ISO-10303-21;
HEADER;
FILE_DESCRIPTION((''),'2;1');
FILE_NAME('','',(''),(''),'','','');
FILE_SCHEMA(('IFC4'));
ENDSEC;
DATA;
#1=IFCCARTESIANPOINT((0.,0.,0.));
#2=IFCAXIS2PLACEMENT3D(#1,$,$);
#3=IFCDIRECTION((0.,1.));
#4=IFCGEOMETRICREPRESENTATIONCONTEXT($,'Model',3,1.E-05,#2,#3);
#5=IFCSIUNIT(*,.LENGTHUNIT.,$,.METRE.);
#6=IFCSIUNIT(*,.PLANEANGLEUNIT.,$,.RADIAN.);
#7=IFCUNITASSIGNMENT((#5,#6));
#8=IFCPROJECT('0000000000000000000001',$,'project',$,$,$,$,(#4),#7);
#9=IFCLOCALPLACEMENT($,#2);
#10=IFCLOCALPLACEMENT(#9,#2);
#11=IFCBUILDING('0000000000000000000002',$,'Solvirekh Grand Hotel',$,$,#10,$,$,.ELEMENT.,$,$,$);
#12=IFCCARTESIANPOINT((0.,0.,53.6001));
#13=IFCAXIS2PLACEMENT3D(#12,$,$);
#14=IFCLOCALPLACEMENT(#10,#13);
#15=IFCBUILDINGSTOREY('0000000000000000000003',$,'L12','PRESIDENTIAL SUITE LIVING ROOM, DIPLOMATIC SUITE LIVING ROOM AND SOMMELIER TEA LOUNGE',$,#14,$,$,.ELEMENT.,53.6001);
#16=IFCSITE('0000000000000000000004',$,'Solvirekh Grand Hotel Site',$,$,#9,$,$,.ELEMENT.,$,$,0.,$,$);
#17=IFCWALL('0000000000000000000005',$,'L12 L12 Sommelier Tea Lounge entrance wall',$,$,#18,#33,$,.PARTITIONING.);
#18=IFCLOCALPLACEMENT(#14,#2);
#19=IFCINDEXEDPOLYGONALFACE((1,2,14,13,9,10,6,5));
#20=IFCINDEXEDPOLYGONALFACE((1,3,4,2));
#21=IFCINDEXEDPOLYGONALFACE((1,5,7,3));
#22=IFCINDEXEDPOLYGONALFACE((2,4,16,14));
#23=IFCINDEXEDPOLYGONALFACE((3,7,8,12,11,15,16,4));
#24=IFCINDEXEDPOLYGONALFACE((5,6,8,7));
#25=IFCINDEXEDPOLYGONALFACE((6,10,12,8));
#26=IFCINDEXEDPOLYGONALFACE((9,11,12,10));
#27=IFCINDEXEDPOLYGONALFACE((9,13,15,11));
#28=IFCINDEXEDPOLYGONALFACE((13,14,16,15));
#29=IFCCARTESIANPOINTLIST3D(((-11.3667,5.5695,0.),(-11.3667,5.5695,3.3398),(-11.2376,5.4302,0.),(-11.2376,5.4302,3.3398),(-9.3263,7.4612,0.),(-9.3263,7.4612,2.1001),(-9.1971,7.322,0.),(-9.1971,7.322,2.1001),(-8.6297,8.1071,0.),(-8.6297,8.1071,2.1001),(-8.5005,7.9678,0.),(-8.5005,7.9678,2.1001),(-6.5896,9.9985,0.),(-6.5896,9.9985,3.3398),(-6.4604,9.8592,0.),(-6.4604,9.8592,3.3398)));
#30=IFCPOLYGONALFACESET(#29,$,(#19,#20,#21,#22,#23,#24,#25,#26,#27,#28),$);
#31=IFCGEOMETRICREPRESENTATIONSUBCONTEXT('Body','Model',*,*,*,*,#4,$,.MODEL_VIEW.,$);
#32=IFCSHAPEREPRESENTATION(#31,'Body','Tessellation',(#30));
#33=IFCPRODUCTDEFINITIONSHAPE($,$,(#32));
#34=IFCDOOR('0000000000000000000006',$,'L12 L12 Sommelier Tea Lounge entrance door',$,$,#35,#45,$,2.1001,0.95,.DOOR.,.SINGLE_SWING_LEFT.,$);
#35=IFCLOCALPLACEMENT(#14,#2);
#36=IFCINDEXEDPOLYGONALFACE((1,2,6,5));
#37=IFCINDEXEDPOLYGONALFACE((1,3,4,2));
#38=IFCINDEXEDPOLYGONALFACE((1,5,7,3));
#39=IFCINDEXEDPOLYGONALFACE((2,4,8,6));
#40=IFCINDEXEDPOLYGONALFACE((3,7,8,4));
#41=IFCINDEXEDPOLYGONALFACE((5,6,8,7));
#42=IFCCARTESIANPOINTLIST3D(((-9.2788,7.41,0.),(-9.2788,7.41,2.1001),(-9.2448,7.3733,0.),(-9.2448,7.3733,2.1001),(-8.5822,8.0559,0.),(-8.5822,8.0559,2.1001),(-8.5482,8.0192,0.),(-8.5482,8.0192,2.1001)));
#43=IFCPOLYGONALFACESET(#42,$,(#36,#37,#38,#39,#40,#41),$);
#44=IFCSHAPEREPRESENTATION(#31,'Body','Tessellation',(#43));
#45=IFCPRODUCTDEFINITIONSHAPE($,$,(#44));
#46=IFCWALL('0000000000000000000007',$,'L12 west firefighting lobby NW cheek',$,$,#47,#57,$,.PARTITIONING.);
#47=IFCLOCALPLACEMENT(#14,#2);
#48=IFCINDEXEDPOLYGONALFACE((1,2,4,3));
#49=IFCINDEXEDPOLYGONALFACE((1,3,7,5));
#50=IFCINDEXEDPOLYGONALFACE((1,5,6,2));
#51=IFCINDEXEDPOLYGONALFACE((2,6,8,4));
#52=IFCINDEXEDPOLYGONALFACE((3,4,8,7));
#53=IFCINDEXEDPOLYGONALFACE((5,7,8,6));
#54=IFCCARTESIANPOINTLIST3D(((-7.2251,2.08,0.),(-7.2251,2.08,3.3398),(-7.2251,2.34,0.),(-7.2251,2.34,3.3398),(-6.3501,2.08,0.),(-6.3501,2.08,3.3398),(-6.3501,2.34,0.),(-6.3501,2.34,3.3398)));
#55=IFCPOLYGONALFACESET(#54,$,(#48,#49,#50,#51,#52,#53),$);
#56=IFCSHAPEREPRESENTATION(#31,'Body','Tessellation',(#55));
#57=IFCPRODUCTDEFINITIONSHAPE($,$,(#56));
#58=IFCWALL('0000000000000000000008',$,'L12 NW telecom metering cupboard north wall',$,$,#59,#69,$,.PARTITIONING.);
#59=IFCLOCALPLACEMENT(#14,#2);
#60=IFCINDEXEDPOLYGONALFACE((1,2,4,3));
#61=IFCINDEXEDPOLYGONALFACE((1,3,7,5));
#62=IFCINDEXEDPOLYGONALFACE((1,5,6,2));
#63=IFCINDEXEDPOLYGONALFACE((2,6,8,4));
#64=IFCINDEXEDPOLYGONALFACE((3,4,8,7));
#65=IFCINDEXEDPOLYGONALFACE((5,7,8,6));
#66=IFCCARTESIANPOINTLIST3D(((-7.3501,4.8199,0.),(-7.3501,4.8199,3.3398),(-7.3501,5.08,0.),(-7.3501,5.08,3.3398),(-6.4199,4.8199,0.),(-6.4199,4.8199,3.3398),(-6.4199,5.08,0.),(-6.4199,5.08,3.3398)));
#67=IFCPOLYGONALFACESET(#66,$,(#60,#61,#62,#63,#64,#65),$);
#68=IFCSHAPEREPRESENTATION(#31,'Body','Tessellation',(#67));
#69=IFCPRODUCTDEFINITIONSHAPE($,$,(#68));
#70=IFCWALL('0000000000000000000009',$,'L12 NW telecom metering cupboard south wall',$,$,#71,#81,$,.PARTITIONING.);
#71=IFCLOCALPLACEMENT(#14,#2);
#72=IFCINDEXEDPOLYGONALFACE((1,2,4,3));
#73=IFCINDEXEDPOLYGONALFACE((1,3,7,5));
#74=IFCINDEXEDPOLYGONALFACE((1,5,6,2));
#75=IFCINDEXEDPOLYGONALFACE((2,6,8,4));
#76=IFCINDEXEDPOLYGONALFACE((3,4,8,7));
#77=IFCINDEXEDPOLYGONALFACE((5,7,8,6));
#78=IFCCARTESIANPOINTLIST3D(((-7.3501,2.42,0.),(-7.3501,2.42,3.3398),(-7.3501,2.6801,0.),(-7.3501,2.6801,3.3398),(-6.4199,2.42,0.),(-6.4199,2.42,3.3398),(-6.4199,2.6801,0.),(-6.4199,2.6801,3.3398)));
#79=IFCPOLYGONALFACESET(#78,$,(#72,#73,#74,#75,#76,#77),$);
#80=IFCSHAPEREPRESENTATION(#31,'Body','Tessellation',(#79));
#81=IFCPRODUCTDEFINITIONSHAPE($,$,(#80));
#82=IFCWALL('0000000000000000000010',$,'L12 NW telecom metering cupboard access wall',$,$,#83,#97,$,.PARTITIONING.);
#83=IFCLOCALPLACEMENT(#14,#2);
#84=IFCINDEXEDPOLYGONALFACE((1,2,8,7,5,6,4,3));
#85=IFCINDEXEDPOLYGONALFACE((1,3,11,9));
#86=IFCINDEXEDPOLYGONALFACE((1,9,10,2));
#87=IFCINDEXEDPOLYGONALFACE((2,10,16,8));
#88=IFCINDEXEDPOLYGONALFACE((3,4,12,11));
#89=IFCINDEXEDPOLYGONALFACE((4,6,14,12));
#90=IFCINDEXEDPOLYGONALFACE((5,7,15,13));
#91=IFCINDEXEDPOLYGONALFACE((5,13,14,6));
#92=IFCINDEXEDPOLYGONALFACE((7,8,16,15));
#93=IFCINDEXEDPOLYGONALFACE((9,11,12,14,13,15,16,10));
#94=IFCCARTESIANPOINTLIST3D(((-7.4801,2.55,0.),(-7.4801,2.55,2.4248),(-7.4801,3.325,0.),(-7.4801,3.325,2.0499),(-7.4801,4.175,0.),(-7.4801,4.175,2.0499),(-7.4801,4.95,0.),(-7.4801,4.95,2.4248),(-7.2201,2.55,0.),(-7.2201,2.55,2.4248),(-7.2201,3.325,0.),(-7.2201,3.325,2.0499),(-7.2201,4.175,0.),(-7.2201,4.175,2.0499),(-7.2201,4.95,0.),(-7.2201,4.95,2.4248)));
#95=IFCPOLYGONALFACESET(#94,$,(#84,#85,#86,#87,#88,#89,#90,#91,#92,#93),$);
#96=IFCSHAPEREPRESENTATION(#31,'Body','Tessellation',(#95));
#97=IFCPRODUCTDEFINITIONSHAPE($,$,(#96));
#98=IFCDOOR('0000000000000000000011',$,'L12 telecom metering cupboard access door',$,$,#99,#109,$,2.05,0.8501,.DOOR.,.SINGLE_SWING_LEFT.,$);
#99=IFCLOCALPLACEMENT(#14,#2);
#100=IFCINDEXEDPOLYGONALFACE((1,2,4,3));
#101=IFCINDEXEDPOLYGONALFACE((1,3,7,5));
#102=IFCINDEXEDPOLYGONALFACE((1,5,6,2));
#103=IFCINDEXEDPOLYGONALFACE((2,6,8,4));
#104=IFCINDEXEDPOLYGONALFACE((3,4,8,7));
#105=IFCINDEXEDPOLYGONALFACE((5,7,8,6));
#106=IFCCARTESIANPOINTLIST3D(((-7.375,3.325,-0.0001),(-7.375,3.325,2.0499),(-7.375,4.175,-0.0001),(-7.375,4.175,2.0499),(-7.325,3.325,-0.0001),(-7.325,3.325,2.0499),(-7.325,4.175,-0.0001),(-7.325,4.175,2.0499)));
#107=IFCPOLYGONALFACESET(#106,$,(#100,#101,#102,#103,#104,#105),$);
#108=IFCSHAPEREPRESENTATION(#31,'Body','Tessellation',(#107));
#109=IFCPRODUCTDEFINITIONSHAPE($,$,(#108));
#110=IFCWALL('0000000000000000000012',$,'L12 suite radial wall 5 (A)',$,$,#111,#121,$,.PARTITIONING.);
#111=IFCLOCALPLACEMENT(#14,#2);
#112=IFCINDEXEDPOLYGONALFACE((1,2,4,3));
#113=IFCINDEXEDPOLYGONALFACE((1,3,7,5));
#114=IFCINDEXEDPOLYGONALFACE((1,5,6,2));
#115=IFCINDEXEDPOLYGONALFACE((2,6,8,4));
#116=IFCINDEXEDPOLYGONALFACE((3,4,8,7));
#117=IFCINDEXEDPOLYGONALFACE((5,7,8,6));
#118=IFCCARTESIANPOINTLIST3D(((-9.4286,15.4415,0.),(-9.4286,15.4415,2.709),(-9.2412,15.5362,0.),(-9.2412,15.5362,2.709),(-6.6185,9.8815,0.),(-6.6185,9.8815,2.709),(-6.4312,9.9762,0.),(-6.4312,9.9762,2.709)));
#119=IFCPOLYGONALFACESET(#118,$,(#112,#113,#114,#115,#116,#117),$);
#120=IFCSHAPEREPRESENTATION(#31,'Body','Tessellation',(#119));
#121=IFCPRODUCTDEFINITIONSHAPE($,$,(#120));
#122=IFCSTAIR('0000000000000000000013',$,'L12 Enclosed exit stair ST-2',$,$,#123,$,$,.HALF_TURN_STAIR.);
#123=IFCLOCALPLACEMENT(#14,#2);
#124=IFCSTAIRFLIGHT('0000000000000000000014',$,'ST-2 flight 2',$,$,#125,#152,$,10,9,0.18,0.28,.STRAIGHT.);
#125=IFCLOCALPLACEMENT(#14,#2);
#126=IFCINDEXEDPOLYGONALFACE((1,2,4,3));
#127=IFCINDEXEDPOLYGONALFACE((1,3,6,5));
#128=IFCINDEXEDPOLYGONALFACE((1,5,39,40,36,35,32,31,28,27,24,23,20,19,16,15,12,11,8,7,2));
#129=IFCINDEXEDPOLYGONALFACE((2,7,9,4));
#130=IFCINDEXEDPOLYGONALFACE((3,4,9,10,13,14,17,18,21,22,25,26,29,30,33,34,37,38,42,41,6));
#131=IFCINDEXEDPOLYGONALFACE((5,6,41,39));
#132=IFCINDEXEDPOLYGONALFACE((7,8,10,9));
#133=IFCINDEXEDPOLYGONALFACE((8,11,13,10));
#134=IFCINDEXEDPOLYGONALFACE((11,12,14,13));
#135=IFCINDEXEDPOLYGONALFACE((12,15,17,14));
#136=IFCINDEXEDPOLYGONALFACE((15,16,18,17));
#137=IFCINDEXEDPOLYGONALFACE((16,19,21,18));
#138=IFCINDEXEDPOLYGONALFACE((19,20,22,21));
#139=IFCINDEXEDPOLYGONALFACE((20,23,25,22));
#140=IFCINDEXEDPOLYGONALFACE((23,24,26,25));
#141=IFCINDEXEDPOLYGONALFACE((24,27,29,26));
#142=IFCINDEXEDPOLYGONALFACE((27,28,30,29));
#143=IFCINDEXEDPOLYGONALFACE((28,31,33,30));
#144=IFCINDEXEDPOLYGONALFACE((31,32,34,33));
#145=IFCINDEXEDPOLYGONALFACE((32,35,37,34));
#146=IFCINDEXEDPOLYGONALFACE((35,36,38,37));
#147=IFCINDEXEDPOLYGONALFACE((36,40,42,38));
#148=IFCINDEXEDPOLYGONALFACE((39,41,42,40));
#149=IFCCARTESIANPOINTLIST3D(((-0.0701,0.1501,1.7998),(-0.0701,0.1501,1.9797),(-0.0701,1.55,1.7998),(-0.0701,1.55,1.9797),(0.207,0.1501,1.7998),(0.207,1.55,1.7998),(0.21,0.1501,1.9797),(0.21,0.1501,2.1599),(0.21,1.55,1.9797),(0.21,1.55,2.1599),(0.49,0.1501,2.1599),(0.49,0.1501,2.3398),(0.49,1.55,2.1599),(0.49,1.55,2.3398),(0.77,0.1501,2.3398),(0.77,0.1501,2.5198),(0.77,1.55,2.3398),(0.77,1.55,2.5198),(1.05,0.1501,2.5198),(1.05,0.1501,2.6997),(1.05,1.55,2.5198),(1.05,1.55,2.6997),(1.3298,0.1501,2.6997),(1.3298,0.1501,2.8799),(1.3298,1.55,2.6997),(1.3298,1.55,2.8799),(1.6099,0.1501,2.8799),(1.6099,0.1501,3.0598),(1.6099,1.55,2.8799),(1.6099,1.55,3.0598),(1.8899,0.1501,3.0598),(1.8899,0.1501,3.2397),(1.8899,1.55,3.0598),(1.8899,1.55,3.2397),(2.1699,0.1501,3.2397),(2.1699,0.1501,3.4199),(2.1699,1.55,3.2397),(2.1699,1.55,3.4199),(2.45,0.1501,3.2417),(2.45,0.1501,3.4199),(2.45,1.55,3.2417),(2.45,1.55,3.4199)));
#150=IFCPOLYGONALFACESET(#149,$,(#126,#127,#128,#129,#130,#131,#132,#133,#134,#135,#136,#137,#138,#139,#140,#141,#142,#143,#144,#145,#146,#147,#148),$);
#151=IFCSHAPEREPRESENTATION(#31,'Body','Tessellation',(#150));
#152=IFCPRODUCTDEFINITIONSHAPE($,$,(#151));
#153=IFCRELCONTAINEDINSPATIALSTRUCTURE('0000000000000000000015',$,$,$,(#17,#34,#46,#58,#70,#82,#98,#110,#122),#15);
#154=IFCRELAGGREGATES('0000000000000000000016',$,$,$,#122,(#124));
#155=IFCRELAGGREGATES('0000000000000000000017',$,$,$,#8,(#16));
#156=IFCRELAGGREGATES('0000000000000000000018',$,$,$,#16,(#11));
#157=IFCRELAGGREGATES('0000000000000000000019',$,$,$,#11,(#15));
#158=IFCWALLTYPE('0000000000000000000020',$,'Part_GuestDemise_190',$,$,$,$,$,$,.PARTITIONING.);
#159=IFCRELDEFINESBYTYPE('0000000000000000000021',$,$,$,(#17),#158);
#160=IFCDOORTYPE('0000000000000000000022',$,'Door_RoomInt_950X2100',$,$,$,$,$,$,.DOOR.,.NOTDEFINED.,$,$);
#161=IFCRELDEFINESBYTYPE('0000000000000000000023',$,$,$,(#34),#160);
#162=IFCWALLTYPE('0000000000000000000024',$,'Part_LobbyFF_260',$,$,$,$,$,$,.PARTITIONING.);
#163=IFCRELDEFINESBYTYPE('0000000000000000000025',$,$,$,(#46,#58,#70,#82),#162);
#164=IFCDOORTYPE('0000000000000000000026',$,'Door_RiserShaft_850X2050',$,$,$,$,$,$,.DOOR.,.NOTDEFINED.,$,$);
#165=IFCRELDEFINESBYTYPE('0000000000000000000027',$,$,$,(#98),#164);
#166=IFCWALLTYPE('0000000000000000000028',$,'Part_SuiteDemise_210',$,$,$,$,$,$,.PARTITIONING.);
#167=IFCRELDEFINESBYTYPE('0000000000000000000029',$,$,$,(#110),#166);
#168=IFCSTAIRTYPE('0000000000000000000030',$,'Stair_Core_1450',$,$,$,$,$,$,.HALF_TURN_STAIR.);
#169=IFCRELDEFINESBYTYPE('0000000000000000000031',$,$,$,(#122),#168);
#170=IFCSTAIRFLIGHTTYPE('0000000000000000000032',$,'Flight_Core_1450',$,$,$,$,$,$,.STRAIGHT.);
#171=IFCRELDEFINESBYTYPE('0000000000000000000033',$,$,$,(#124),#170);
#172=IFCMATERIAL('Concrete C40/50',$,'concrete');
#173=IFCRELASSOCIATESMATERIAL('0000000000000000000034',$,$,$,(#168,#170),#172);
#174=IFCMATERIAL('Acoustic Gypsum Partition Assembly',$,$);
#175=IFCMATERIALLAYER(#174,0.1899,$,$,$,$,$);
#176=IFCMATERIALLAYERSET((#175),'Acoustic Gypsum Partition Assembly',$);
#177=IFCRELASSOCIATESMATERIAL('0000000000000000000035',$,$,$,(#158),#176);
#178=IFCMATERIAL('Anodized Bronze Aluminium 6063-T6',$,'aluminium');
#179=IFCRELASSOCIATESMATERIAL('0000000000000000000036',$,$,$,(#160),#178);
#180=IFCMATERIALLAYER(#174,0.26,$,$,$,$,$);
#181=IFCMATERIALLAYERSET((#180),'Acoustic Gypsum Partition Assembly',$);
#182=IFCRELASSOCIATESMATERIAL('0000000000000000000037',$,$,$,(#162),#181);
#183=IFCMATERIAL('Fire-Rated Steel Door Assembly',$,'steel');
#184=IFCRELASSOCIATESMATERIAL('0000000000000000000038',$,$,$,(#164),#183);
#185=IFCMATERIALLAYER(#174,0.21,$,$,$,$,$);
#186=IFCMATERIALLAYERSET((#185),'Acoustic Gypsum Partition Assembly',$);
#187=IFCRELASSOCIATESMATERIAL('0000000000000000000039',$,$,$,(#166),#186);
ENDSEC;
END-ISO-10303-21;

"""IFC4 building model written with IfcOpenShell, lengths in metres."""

from ifc_helpers import new_model, si_unit, direction, frame, frame_2d, origin, place, context, subcontext, project, spatial, polyline, rectangle, outline, extrude, material, layer, layer_set, type_object, element, fill, aggregate, save


model = new_model("IFC4")

# Units and contexts
model_context = context("Model", 3, precision=1e-05, world=origin(), true_north=direction((0.0, 1.0)))
body_context = subcontext(model_context, "Body", "Model", "MODEL_VIEW")
ifc_project = project(units=[si_unit("LENGTHUNIT", "METRE"), si_unit("PLANEANGLEUNIT", "RADIAN")], contexts=[model_context])

# Site, building, storey
site_placement = place(None, origin())
site = spatial("IfcSite", under=ifc_project, at=site_placement, Name="Solvirekh Grand Hotel Site", CompositionType="ELEMENT", RefElevation=0.0)
building_placement = place(site_placement, origin())
building = spatial("IfcBuilding", under=site, at=building_placement, Name="Solvirekh Grand Hotel", CompositionType="ELEMENT")
storey_placement = place(building_placement, frame((0.0, 0.0, 53.6001)))
storey = spatial("IfcBuildingStorey", under=building, at=storey_placement, Name="L12", Description="PRESIDENTIAL SUITE LIVING ROOM, DIPLOMATIC SUITE LIVING ROOM AND SOMMELIER TEA LOUNGE", CompositionType="ELEMENT", Elevation=53.6001)

# Shared definitions
ifc_material_1 = material(Name="Concrete C40/50", Category="concrete")
stair_type = type_object("IfcStairType", Name="Stair_Core_1450", PredefinedType="HALF_TURN_STAIR", material=ifc_material_1)

# Shared definitions
ifc_material_2 = material(Name="Fire-Rated Steel Door Assembly", Category="steel")

# Wall, opening, door
ifc_material_3 = material(Name="Acoustic Gypsum Partition Assembly")
ifc_layer_1 = layer(ifc_material_3, 0.1899)
ifc_layer_set_1 = layer_set([ifc_layer_1], Name="Acoustic Gypsum Partition Assembly")
wall_type_1 = type_object("IfcWallType", Name="Part_GuestDemise_190", PredefinedType="PARTITIONING", material=ifc_layer_set_1)
wall_1_placement = place(storey_placement, frame((-6.5249, 9.929, 0.0), z_axis=(0.0, 0.0, 1.0), x_axis=(-0.733323, -0.67988, 0.0)))
wall_1 = element("IfcWall", 1, at=wall_1_placement, inside=storey, type_object=wall_type_1, Name="L12 L12 Sommelier Tea Lounge entrance wall", PredefinedType="PARTITIONING", context=body_context, shape_type="SweptSolid", body=[
    extrude(rectangle(XDim=6.5144, YDim=0.1899, at=frame_2d((3.2573, 0.0))), origin(), (0.0, 0.0, 1.0), 3.3398),
])
opening_1_placement = place(wall_1_placement, frame((2.782, 0.0, 0.0)))
opening_1 = element("IfcOpeningElement", 2, at=opening_1_placement, cuts=wall_1, PredefinedType="OPENING", context=body_context, shape_type="SweptSolid", body=[
    extrude(rectangle(XDim=0.95, YDim=2.1001, at=frame_2d((0.4751, 1.05))), frame((0.0, 0.105, 0.0), z_axis=(0.0, -1.0, 0.0), x_axis=(1.0, 0.0, 0.0)), (0.0, 0.0, 1.0), 0.21),
])
ifc_material_4 = material(Name="Anodized Bronze Aluminium 6063-T6", Category="aluminium")
door_type_1 = type_object("IfcDoorType", Name="Door_RoomInt_950X2100", OperationType="NOTDEFINED", PredefinedType="DOOR", material=ifc_material_4)
door_1_placement = place(opening_1_placement, origin())
door_1 = element("IfcDoor", 3, at=door_1_placement, inside=storey, type_object=door_type_1, Name="L12 L12 Sommelier Tea Lounge entrance door", OperationType="SINGLE_SWING_LEFT", OverallHeight=2.1001, OverallWidth=0.95, PredefinedType="DOOR", context=body_context, shape_type="SweptSolid", body=[
    extrude(rectangle(XDim=0.95, YDim=2.1001, at=frame_2d((0.4751, 1.05))), frame((0.0, 0.0249, 0.0), z_axis=(0.0, -1.0, 0.0), x_axis=(1.0, 0.0, 0.0)), (0.0, 0.0, 1.0), 0.05),
])
fill(opening_1, door_1)

# Walls
ifc_layer_2 = layer(ifc_material_3, 0.26)
ifc_layer_set_2 = layer_set([ifc_layer_2], Name="Acoustic Gypsum Partition Assembly")
wall_type_2 = type_object("IfcWallType", Name="Part_LobbyFF_260", PredefinedType="PARTITIONING", material=ifc_layer_set_2)
wall_2_placement = place(storey_placement, frame((-7.2251, 2.21, 0.0), z_axis=(0.0, 0.0, 1.0), x_axis=(1.0, 0.0, 0.0)))
element("IfcWall", 4, at=wall_2_placement, inside=storey, type_object=wall_type_2, Name="L12 west firefighting lobby NW cheek", PredefinedType="PARTITIONING", context=body_context, shape_type="SweptSolid", body=[
    extrude(rectangle(XDim=0.875, YDim=0.26, at=frame_2d((0.4375, 0.0))), origin(), (0.0, 0.0, 1.0), 3.3398),
])
for number, where, z_axis, x_axis, name in (
    (5, (-7.3501, 4.95, 0.0), (0.0, 0.0, 1.0), (1.0, 0.0, 0.0), "L12 NW telecom metering cupboard north wall"),
    (6, (-7.3501, 2.55, 0.0), (0.0, 0.0, 1.0), (1.0, 0.0, 0.0), "L12 NW telecom metering cupboard south wall"),
):
    element("IfcWall", number, at=place(storey_placement, frame(where, z_axis=z_axis, x_axis=x_axis)), inside=storey, type_object=wall_type_2, Name=name, PredefinedType="PARTITIONING", context=body_context, shape_type="SweptSolid", body=[
        extrude(rectangle(XDim=0.9302, YDim=0.26, at=frame_2d((0.4651, 0.0))), origin(), (0.0, 0.0, 1.0), 3.3398),
    ])

# Wall, opening, door
wall_3_placement = place(storey_placement, frame((-7.3501, 2.55, 0.0), z_axis=(0.0, 0.0, 1.0), x_axis=(0.0, 1.0, 0.0)))
wall_3 = element("IfcWall", 7, at=wall_3_placement, inside=storey, type_object=wall_type_2, Name="L12 NW telecom metering cupboard access wall", PredefinedType="PARTITIONING", context=body_context, shape_type="SweptSolid", body=[
    extrude(rectangle(XDim=2.3999, YDim=0.26, at=frame_2d((1.2, 0.0))), origin(), (0.0, 0.0, 1.0), 2.4248),
])
opening_2_placement = place(wall_3_placement, frame((0.7749, 0.0, 0.0)))
opening_2 = element("IfcOpeningElement", 8, at=opening_2_placement, cuts=wall_3, PredefinedType="OPENING", context=body_context, shape_type="SweptSolid", body=[
    extrude(rectangle(XDim=0.8501, YDim=2.05, at=frame_2d((0.425, 1.0249))), frame((0.0, 0.1401, 0.0), z_axis=(0.0, -1.0, 0.0), x_axis=(1.0, 0.0, 0.0)), (0.0, 0.0, 1.0), 0.28),
])
door_type_2 = type_object("IfcDoorType", Name="Door_RiserShaft_850X2050", OperationType="NOTDEFINED", PredefinedType="DOOR", material=ifc_material_2)
door_2_placement = place(opening_2_placement, origin())
door_2 = element("IfcDoor", 9, at=door_2_placement, inside=storey, type_object=door_type_2, Name="L12 telecom metering cupboard access door", OperationType="SINGLE_SWING_LEFT", OverallHeight=2.05, OverallWidth=0.8501, PredefinedType="DOOR", context=body_context, shape_type="SweptSolid", body=[
    extrude(rectangle(XDim=0.8501, YDim=2.05, at=frame_2d((0.425, 1.0249))), frame((0.0, 0.0249, 0.0), z_axis=(0.0, -1.0, 0.0), x_axis=(1.0, 0.0, 0.0)), (0.0, 0.0, 1.0), 0.05),
])
fill(opening_2, door_2)

# Wall
ifc_layer_3 = layer(ifc_material_3, 0.21)
ifc_layer_set_3 = layer_set([ifc_layer_3], Name="Acoustic Gypsum Partition Assembly")
wall_type_3 = type_object("IfcWallType", Name="Part_SuiteDemise_210", PredefinedType="PARTITIONING", material=ifc_layer_set_3)
wall_4_placement = place(storey_placement, frame((-6.5249, 9.929, 0.0), z_axis=(0.0, 0.0, 1.0), x_axis=(-0.451066, 0.892491, 0.0)))
element("IfcWall", 10, at=wall_4_placement, inside=storey, type_object=wall_type_3, Name="L12 suite radial wall 5 (A)", PredefinedType="PARTITIONING", context=body_context, shape_type="SweptSolid", body=[
    extrude(rectangle(XDim=6.2297, YDim=0.21, at=frame_2d((3.1147, 0.0))), origin(), (0.0, 0.0, 1.0), 2.709),
])

# Stair, stair flight
stair_1_placement = place(storey_placement, origin())
stair_1 = element("IfcStair", 11, at=stair_1_placement, inside=storey, type_object=stair_type, Name="L12 Enclosed exit stair ST-2", PredefinedType="HALF_TURN_STAIR")
stair_flight_type = type_object("IfcStairFlightType", Name="Flight_Core_1450", PredefinedType="STRAIGHT", material=ifc_material_1)
stair_flight_placement = place(storey_placement, frame((-0.0701, 0.8501, 1.7998), z_axis=(0.0, 0.0, 1.0), x_axis=(1.0, 0.0, 0.0)))
stair_flight = element("IfcStairFlight", 12, at=stair_flight_placement, type_object=stair_flight_type, Name="ST-2 flight 2", NumberOfRisers=10, NumberOfTreads=9, PredefinedType="STRAIGHT", RiserHeight=0.18, TreadLength=0.28, context=body_context, shape_type="SweptSolid", body=[
    extrude(outline(polyline([(0.0, 0.0), (0.0, 0.1799), (0.28, 0.1799), (0.28, 0.3601), (0.5601, 0.3601), (0.5601, 0.54), (0.8401, 0.54), (0.8401, 0.72), (1.1201, 0.72), (1.1201, 0.8999), (1.3999, 0.8999), (1.3999, 1.0801), (1.6799, 1.0801), (1.6799, 1.26), (1.96, 1.26), (1.96, 1.4399), (2.24, 1.4399), (2.24, 1.6201), (2.52, 1.6201), (2.52, 1.8), (2.52, 1.4419), (0.2771, 0.0), (0.0, 0.0)])), frame((0.0, 0.7, 0.0), z_axis=(0.0, -1.0, 0.0), x_axis=(1.0, 0.0, 0.0)), (0.0, 0.0, 1.0), 1.3999),
])
aggregate(stair_1, [stair_flight])

save(model, "model.ifc")
